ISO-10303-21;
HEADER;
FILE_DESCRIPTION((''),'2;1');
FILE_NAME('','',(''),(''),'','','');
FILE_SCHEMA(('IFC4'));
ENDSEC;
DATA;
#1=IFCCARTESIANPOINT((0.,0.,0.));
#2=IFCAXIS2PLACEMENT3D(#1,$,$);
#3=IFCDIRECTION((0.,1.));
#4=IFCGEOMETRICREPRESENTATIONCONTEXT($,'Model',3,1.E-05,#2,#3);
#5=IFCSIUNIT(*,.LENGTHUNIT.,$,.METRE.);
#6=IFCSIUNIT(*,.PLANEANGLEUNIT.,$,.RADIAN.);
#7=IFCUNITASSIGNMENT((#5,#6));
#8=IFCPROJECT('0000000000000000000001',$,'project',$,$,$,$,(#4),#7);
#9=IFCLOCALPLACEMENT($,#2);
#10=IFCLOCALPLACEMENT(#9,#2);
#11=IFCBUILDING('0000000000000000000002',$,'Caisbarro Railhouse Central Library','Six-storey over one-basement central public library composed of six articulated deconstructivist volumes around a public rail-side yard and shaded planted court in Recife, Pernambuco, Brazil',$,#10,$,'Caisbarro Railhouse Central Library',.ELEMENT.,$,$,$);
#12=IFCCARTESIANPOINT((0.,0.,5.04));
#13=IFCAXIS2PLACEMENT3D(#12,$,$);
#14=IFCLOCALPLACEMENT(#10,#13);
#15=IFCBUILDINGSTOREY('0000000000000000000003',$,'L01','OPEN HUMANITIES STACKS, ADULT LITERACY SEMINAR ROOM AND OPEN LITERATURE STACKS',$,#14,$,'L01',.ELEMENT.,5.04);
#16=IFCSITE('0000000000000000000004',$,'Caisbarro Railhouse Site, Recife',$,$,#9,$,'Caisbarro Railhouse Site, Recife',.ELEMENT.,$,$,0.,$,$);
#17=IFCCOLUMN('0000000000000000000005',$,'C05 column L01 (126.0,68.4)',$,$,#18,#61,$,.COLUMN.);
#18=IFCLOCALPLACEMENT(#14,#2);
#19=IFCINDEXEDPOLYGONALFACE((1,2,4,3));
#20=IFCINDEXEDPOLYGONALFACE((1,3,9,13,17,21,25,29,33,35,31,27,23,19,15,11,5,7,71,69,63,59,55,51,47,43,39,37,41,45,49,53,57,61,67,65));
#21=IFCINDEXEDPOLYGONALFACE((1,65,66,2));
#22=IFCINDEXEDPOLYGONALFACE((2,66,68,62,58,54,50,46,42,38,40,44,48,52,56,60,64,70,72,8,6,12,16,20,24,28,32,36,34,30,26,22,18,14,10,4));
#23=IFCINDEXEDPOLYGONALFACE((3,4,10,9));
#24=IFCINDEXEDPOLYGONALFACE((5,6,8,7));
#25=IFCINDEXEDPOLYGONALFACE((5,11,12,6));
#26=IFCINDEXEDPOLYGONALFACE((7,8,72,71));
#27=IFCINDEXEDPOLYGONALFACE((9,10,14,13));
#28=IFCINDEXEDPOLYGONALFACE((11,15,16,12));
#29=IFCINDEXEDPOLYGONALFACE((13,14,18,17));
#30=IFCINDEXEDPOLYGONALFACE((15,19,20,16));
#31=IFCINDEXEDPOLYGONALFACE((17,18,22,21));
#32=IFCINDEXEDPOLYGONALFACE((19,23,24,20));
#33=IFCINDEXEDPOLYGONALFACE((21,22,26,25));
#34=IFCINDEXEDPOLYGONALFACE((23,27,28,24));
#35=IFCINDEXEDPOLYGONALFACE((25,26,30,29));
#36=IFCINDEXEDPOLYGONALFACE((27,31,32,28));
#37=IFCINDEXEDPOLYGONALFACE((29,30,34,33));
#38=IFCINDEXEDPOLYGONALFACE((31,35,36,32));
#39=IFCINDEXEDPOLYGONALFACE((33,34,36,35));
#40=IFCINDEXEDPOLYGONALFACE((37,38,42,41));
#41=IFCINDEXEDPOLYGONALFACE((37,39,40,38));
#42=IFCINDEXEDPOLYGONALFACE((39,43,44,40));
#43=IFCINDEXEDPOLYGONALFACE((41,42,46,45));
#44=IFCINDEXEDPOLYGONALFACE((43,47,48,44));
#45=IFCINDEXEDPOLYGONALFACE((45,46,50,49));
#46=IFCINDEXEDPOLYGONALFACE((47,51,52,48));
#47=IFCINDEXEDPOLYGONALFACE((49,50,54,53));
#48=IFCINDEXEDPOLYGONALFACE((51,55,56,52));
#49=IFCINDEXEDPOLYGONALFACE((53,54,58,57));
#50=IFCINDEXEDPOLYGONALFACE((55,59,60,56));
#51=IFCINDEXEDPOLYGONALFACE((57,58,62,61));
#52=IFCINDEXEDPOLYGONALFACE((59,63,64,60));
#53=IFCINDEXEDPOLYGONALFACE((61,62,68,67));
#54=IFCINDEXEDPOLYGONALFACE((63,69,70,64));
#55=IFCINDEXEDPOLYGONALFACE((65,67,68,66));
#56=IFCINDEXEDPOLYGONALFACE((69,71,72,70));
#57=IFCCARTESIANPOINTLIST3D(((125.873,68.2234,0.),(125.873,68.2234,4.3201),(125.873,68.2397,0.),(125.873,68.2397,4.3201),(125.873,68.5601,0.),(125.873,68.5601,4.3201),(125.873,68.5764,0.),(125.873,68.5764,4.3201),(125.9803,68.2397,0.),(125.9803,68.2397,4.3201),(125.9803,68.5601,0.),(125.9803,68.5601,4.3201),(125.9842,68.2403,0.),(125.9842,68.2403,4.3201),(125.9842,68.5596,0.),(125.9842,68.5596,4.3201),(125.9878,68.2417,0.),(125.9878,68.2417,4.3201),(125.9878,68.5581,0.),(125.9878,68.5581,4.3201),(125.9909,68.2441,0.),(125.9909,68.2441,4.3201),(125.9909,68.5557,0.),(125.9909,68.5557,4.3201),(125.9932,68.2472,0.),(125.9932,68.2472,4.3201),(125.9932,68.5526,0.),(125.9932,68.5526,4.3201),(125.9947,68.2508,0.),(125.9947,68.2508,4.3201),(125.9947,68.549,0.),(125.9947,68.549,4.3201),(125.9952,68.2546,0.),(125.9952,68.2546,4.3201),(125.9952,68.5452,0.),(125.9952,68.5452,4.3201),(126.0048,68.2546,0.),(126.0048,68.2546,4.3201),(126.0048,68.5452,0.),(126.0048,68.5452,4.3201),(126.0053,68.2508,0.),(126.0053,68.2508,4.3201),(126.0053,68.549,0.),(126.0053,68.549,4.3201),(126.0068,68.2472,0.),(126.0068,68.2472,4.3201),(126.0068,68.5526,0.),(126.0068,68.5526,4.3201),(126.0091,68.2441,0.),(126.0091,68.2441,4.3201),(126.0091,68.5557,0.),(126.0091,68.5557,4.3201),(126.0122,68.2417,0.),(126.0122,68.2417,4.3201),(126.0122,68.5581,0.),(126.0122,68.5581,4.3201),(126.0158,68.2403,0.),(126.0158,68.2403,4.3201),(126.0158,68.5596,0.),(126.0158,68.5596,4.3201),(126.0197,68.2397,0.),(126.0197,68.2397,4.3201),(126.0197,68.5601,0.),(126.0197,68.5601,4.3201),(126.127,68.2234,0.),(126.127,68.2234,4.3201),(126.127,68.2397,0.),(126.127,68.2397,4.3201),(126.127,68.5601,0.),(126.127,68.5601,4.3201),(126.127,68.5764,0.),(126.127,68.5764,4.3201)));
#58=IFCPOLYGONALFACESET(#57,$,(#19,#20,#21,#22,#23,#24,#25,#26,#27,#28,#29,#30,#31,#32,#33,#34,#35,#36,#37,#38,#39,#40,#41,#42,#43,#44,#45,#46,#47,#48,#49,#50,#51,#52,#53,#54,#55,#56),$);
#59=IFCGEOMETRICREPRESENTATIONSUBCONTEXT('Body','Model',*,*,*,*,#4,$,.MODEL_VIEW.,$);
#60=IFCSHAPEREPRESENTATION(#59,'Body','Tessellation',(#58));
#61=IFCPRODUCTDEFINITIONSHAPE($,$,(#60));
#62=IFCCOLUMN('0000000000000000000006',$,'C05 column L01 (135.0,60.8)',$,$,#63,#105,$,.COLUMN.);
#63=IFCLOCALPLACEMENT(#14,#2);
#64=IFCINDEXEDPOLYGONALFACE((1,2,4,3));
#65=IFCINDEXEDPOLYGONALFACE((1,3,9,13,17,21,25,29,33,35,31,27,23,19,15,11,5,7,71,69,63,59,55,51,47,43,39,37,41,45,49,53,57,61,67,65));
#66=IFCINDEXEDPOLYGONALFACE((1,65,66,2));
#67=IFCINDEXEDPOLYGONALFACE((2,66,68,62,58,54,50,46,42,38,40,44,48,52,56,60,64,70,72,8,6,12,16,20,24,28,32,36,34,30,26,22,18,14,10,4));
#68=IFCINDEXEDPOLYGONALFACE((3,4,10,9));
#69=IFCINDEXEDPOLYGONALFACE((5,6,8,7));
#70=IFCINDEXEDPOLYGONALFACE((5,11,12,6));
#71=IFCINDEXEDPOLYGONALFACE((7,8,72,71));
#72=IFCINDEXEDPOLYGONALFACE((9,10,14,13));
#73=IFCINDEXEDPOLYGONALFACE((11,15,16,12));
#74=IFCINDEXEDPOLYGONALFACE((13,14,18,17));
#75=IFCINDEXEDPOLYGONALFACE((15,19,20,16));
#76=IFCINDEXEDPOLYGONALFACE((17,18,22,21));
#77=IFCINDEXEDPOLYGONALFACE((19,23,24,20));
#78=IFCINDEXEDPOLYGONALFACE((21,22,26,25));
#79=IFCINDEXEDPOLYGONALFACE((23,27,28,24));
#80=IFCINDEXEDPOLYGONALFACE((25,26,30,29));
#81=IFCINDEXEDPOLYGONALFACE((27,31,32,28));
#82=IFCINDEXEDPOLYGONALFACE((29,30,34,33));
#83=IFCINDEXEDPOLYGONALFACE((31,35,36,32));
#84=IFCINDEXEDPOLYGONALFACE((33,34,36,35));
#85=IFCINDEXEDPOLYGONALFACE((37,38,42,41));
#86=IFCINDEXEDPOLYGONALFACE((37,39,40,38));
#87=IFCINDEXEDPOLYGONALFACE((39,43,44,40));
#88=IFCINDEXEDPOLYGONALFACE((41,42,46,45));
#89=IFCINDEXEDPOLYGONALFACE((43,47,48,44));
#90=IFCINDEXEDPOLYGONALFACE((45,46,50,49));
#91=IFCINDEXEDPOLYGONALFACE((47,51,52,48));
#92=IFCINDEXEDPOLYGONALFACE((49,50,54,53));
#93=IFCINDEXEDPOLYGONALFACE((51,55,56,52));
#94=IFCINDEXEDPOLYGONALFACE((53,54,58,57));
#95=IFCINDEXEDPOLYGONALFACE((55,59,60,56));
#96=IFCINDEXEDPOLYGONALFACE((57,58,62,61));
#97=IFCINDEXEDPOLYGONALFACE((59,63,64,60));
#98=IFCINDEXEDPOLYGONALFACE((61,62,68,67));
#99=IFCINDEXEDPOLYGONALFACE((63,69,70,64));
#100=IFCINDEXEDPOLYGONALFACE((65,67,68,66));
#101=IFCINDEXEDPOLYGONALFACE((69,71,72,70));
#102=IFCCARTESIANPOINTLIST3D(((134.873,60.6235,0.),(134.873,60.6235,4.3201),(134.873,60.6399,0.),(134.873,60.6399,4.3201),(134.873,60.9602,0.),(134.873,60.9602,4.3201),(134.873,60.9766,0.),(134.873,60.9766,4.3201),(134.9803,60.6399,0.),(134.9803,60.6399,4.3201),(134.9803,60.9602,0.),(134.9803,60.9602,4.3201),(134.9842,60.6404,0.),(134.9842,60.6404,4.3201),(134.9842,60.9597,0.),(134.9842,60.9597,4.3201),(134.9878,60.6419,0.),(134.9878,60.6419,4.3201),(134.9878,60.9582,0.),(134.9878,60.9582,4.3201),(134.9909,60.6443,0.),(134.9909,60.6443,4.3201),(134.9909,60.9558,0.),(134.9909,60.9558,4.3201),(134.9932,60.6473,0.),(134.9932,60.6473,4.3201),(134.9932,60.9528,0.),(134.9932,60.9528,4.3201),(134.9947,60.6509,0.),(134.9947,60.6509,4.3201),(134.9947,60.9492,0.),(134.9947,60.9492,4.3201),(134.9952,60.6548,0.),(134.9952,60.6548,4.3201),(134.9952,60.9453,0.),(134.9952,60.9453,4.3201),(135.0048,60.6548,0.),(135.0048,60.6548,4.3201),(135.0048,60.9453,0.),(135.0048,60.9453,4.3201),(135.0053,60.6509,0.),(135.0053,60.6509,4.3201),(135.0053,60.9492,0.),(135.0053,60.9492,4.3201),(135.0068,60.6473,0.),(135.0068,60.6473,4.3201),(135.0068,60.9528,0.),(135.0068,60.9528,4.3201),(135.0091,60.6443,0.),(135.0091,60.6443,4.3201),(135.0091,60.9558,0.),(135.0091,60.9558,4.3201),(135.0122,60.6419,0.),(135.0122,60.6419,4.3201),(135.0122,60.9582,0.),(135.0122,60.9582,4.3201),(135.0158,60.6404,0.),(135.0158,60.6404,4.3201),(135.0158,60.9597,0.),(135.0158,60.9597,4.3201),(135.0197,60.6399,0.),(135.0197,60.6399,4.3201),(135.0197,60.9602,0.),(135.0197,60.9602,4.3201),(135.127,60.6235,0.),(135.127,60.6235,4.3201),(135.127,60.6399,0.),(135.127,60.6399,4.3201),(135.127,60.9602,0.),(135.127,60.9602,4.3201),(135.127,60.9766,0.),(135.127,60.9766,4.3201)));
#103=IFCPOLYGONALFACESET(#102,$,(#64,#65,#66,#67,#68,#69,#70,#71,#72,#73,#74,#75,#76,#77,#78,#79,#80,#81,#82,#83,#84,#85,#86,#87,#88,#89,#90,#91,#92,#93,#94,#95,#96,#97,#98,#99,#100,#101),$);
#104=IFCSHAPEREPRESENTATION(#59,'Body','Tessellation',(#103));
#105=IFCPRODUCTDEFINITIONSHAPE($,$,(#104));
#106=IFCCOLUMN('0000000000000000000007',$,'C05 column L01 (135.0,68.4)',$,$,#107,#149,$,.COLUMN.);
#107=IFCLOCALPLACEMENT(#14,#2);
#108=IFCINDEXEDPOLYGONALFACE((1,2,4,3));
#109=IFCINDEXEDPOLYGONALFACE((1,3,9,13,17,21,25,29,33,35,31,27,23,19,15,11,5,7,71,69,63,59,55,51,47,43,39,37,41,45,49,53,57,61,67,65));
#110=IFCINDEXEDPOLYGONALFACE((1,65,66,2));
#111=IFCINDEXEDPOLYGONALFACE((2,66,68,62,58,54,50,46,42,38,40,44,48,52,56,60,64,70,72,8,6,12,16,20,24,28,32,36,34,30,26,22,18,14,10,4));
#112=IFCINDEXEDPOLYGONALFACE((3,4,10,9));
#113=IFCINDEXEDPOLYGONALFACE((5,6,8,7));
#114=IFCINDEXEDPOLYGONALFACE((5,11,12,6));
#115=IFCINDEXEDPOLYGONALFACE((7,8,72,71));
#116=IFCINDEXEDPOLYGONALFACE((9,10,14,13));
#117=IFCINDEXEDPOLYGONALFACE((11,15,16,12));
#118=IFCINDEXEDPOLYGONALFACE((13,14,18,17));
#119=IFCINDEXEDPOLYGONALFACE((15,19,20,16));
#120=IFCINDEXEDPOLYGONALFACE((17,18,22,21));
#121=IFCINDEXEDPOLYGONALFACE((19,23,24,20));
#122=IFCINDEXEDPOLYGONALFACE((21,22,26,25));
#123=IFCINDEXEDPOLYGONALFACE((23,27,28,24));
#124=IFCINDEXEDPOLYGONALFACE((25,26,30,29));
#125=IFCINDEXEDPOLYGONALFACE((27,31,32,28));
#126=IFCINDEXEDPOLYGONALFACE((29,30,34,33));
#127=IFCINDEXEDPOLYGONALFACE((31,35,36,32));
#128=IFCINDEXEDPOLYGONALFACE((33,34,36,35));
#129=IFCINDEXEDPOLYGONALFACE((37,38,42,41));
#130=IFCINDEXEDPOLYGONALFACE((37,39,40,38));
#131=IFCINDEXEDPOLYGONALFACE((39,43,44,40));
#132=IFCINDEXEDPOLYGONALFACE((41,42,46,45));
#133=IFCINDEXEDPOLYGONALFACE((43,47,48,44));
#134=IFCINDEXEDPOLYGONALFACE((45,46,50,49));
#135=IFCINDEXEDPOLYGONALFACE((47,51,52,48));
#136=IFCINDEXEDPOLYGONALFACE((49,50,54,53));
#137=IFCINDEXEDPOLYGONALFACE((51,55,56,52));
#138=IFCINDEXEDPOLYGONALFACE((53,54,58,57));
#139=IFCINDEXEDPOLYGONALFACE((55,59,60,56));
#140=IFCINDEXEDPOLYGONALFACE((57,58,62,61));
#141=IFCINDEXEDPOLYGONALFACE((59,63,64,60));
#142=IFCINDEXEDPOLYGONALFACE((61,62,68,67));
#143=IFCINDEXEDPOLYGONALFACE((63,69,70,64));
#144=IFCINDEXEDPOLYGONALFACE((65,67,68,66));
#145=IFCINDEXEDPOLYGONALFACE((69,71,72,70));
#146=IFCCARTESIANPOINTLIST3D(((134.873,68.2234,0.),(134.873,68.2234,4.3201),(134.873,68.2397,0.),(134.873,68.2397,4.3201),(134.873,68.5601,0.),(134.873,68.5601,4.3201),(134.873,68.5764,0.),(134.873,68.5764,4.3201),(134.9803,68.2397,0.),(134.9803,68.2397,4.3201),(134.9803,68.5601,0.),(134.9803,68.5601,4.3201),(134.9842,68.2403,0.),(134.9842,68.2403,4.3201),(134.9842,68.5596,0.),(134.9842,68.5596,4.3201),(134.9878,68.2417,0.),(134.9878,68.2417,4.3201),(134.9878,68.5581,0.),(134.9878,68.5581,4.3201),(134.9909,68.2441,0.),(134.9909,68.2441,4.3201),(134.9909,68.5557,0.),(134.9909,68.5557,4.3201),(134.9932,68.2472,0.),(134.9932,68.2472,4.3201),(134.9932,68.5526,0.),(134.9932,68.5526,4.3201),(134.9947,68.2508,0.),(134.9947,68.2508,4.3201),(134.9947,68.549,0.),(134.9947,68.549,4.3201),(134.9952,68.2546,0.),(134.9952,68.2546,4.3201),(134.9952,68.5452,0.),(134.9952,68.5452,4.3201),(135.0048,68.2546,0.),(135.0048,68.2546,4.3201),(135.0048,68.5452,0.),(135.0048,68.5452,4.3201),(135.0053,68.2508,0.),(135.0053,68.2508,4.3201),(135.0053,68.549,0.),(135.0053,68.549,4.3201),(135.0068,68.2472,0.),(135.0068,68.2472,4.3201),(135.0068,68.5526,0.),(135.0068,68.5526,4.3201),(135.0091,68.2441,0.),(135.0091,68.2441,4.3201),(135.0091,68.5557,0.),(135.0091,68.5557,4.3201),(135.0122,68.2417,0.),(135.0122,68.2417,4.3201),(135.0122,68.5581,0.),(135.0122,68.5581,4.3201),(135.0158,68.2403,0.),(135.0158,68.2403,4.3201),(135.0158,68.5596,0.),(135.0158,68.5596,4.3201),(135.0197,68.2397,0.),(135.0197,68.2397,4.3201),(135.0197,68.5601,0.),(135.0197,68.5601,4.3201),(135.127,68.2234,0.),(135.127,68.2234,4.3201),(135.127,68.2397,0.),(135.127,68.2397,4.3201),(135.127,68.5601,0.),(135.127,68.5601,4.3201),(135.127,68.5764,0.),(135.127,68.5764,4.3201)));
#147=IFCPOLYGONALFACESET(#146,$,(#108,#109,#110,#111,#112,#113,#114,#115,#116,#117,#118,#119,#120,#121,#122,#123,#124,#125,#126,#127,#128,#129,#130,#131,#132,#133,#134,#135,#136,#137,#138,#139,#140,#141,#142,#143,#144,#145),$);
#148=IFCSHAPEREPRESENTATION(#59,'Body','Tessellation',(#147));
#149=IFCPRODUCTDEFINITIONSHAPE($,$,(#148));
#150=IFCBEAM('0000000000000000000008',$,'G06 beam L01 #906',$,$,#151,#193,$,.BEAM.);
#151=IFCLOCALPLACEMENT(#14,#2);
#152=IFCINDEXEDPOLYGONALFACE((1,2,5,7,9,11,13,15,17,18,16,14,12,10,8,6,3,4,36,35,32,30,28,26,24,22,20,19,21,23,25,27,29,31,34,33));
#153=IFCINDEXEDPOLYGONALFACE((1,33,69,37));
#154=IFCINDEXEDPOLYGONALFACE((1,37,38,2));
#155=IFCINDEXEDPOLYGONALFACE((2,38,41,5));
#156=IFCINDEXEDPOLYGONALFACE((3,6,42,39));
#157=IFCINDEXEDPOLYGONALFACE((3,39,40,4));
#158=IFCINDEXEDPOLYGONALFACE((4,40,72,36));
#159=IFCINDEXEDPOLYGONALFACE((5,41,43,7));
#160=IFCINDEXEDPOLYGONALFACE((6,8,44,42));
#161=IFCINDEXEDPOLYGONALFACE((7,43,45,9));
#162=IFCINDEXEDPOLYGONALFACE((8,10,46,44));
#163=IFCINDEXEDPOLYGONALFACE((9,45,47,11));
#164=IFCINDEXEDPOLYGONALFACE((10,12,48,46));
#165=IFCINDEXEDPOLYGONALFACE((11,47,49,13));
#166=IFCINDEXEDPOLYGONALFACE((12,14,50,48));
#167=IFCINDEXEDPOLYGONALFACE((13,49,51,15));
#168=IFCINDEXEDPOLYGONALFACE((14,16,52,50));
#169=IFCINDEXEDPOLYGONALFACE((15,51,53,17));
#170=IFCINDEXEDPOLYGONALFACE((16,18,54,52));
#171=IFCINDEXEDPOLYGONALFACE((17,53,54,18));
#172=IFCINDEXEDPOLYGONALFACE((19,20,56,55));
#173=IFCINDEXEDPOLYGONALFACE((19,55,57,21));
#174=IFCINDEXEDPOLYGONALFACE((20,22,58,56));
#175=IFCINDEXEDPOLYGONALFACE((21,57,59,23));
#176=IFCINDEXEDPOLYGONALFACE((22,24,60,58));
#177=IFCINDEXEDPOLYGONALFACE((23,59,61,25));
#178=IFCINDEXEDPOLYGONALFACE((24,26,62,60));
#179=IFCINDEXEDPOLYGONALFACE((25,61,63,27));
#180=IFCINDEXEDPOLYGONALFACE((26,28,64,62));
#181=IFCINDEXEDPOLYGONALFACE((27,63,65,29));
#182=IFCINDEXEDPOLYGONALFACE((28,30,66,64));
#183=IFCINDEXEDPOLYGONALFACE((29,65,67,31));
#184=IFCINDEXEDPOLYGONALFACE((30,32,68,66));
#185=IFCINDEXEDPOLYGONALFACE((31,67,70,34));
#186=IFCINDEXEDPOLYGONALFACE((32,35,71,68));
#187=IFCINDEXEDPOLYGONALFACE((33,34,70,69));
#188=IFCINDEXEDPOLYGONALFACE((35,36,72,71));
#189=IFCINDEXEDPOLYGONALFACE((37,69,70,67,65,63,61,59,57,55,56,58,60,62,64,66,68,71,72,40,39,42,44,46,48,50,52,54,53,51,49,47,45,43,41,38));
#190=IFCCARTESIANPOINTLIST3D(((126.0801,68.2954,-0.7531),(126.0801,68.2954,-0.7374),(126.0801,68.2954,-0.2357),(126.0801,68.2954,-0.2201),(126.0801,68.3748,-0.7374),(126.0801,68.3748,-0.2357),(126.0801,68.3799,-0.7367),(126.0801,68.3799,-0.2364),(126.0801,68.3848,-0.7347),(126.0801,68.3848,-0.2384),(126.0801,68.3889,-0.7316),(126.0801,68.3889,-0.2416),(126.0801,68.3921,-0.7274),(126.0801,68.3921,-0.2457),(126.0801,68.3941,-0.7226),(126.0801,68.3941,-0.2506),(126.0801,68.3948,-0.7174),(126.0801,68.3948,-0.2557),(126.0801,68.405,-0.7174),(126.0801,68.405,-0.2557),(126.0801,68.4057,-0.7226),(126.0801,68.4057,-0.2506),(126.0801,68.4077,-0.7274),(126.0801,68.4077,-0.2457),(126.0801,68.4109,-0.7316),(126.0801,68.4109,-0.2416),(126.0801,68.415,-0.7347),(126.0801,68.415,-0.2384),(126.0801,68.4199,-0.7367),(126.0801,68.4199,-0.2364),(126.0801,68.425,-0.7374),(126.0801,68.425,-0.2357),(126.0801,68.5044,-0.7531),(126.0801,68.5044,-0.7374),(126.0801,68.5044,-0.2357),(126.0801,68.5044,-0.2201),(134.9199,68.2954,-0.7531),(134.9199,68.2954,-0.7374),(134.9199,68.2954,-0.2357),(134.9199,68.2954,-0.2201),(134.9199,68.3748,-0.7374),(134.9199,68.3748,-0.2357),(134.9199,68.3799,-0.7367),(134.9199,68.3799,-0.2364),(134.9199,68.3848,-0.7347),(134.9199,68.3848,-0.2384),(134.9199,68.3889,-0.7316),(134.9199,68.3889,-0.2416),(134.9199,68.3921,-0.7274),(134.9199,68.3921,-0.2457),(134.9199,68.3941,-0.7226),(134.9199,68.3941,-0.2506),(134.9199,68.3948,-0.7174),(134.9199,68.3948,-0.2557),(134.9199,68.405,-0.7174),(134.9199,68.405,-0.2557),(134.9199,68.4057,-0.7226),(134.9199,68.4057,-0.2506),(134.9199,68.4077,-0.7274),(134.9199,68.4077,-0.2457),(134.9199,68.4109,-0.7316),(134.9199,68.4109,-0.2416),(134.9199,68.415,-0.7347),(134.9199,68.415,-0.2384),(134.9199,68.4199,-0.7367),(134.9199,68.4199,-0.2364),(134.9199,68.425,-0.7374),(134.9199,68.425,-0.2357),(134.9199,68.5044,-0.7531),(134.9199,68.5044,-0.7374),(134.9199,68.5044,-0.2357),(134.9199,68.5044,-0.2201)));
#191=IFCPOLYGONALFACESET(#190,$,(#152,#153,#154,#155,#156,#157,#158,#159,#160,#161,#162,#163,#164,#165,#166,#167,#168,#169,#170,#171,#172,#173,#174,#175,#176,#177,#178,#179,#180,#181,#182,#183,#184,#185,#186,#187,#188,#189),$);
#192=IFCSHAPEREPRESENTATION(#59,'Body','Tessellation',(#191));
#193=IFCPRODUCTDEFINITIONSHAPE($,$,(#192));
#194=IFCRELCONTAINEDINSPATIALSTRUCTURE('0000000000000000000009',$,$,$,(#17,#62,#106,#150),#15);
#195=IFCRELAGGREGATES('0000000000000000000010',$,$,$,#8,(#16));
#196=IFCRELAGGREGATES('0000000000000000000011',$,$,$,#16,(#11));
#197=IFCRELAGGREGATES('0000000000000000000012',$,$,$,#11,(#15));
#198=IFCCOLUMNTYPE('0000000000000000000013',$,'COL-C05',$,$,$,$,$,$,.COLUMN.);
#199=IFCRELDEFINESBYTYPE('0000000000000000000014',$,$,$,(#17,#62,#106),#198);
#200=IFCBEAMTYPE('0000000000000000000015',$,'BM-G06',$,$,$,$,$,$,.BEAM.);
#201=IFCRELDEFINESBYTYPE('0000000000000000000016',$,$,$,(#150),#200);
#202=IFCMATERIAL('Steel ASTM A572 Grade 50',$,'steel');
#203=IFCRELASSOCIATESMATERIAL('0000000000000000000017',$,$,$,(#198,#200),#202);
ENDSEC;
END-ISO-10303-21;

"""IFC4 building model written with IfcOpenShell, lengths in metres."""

from ifc_helpers import new_model, si_unit, direction, frame, origin, origin_2d, place, context, subcontext, project, spatial, i_section, extrude, material, material_profile, profile_set, type_object, element, save


model = new_model("IFC4")

# Units and contexts
model_context = context("Model", 3, precision=1e-05, world=origin(), true_north=direction((0.0, 1.0)))
body_context = subcontext(model_context, "Body", "Model", "MODEL_VIEW")
ifc_project = project(units=[si_unit("LENGTHUNIT", "METRE"), si_unit("PLANEANGLEUNIT", "RADIAN")], contexts=[model_context])

# Site, building, storey
site_placement = place(None, origin())
site = spatial("IfcSite", under=ifc_project, at=site_placement, Name="Caisbarro Railhouse Site, Recife", LongName="Caisbarro Railhouse Site, Recife", CompositionType="ELEMENT", RefElevation=0.0)
building_placement = place(site_placement, origin())
building = spatial("IfcBuilding", under=site, at=building_placement, Name="Caisbarro Railhouse Central Library", Description="Six-storey over one-basement central public library composed of six articulated deconstructivist volumes around a public rail-side yard and shaded planted court in Recife, Pernambuco, Brazil", LongName="Caisbarro Railhouse Central Library", CompositionType="ELEMENT")
storey_placement = place(building_placement, frame((0.0, 0.0, 5.04)))
storey = spatial("IfcBuildingStorey", under=building, at=storey_placement, Name="L01", Description="OPEN HUMANITIES STACKS, ADULT LITERACY SEMINAR ROOM AND OPEN LITERATURE STACKS", LongName="L01", CompositionType="ELEMENT", Elevation=5.04)

# Columns
ifc_material_1 = material(Name="Steel ASTM A572 Grade 50", Category="steel")
ifc_material_profile_1 = material_profile(ifc_material_1, i_section(OverallWidth=0.2539, OverallDepth=0.353, WebThickness=0.0095, FlangeThickness=0.0164, FilletRadius=0.0149, at=origin_2d()), Name="W360X91.0")
ifc_profile_set_1 = profile_set([ifc_material_profile_1], Name="Steel ASTM A572 Grade 50")
column_type = type_object("IfcColumnType", Name="COL-C05", PredefinedType="COLUMN", material=ifc_profile_set_1)
for number, where, z_axis, x_axis, name in (
    (1, (126.0, 68.3999, 0.0), (0.0, 0.0, 1.0), (1.0, 0.0, 0.0), "C05 column L01 (126.0,68.4)"),
    (2, (135.0, 60.8, 0.0), (0.0, 0.0, 1.0), (1.0, 0.0, 0.0), "C05 column L01 (135.0,60.8)"),
    (3, (135.0, 68.3999, 0.0), (0.0, 0.0, 1.0), (1.0, 0.0, 0.0), "C05 column L01 (135.0,68.4)"),
):
    element("IfcColumn", number, at=place(storey_placement, frame(where, z_axis=z_axis, x_axis=x_axis)), inside=storey, type_object=column_type, Name=name, PredefinedType="COLUMN", context=body_context, shape_type="SweptSolid", body=[
        extrude(i_section(OverallWidth=0.2539, OverallDepth=0.353, WebThickness=0.0095, FlangeThickness=0.0164, FilletRadius=0.0149, at=origin_2d()), origin(), (0.0, 0.0, 1.0), 4.3201),
    ])

# Beam
ifc_material_profile_2 = material_profile(ifc_material_1, i_section(OverallWidth=0.209, OverallDepth=0.533, WebThickness=0.0103, FlangeThickness=0.0156, FilletRadius=0.02, at=origin_2d()), Name="W530X92.0")
ifc_profile_set_2 = profile_set([ifc_material_profile_2], Name="Steel ASTM A572 Grade 50")
beam_type_1 = type_object("IfcBeamType", Name="BM-G06", PredefinedType="BEAM", material=ifc_profile_set_2)
for number, where, z_axis, x_axis, name in (
    (4, (126.0801, 68.3999, -0.4866), (1.0, 0.0, 0.0), (0.0, 1.0, 0.0), "G06 beam L01 #906"),
):
    element("IfcBeam", number, at=place(storey_placement, frame(where, z_axis=z_axis, x_axis=x_axis)), inside=storey, type_object=beam_type_1, Name=name, PredefinedType="BEAM", context=body_context, shape_type="SweptSolid", body=[
        extrude(i_section(OverallWidth=0.209, OverallDepth=0.533, WebThickness=0.0103, FlangeThickness=0.0156, FilletRadius=0.02, at=origin_2d()), origin(), (0.0, 0.0, 1.0), 8.8398),
    ])

save(model, "model.ifc")
